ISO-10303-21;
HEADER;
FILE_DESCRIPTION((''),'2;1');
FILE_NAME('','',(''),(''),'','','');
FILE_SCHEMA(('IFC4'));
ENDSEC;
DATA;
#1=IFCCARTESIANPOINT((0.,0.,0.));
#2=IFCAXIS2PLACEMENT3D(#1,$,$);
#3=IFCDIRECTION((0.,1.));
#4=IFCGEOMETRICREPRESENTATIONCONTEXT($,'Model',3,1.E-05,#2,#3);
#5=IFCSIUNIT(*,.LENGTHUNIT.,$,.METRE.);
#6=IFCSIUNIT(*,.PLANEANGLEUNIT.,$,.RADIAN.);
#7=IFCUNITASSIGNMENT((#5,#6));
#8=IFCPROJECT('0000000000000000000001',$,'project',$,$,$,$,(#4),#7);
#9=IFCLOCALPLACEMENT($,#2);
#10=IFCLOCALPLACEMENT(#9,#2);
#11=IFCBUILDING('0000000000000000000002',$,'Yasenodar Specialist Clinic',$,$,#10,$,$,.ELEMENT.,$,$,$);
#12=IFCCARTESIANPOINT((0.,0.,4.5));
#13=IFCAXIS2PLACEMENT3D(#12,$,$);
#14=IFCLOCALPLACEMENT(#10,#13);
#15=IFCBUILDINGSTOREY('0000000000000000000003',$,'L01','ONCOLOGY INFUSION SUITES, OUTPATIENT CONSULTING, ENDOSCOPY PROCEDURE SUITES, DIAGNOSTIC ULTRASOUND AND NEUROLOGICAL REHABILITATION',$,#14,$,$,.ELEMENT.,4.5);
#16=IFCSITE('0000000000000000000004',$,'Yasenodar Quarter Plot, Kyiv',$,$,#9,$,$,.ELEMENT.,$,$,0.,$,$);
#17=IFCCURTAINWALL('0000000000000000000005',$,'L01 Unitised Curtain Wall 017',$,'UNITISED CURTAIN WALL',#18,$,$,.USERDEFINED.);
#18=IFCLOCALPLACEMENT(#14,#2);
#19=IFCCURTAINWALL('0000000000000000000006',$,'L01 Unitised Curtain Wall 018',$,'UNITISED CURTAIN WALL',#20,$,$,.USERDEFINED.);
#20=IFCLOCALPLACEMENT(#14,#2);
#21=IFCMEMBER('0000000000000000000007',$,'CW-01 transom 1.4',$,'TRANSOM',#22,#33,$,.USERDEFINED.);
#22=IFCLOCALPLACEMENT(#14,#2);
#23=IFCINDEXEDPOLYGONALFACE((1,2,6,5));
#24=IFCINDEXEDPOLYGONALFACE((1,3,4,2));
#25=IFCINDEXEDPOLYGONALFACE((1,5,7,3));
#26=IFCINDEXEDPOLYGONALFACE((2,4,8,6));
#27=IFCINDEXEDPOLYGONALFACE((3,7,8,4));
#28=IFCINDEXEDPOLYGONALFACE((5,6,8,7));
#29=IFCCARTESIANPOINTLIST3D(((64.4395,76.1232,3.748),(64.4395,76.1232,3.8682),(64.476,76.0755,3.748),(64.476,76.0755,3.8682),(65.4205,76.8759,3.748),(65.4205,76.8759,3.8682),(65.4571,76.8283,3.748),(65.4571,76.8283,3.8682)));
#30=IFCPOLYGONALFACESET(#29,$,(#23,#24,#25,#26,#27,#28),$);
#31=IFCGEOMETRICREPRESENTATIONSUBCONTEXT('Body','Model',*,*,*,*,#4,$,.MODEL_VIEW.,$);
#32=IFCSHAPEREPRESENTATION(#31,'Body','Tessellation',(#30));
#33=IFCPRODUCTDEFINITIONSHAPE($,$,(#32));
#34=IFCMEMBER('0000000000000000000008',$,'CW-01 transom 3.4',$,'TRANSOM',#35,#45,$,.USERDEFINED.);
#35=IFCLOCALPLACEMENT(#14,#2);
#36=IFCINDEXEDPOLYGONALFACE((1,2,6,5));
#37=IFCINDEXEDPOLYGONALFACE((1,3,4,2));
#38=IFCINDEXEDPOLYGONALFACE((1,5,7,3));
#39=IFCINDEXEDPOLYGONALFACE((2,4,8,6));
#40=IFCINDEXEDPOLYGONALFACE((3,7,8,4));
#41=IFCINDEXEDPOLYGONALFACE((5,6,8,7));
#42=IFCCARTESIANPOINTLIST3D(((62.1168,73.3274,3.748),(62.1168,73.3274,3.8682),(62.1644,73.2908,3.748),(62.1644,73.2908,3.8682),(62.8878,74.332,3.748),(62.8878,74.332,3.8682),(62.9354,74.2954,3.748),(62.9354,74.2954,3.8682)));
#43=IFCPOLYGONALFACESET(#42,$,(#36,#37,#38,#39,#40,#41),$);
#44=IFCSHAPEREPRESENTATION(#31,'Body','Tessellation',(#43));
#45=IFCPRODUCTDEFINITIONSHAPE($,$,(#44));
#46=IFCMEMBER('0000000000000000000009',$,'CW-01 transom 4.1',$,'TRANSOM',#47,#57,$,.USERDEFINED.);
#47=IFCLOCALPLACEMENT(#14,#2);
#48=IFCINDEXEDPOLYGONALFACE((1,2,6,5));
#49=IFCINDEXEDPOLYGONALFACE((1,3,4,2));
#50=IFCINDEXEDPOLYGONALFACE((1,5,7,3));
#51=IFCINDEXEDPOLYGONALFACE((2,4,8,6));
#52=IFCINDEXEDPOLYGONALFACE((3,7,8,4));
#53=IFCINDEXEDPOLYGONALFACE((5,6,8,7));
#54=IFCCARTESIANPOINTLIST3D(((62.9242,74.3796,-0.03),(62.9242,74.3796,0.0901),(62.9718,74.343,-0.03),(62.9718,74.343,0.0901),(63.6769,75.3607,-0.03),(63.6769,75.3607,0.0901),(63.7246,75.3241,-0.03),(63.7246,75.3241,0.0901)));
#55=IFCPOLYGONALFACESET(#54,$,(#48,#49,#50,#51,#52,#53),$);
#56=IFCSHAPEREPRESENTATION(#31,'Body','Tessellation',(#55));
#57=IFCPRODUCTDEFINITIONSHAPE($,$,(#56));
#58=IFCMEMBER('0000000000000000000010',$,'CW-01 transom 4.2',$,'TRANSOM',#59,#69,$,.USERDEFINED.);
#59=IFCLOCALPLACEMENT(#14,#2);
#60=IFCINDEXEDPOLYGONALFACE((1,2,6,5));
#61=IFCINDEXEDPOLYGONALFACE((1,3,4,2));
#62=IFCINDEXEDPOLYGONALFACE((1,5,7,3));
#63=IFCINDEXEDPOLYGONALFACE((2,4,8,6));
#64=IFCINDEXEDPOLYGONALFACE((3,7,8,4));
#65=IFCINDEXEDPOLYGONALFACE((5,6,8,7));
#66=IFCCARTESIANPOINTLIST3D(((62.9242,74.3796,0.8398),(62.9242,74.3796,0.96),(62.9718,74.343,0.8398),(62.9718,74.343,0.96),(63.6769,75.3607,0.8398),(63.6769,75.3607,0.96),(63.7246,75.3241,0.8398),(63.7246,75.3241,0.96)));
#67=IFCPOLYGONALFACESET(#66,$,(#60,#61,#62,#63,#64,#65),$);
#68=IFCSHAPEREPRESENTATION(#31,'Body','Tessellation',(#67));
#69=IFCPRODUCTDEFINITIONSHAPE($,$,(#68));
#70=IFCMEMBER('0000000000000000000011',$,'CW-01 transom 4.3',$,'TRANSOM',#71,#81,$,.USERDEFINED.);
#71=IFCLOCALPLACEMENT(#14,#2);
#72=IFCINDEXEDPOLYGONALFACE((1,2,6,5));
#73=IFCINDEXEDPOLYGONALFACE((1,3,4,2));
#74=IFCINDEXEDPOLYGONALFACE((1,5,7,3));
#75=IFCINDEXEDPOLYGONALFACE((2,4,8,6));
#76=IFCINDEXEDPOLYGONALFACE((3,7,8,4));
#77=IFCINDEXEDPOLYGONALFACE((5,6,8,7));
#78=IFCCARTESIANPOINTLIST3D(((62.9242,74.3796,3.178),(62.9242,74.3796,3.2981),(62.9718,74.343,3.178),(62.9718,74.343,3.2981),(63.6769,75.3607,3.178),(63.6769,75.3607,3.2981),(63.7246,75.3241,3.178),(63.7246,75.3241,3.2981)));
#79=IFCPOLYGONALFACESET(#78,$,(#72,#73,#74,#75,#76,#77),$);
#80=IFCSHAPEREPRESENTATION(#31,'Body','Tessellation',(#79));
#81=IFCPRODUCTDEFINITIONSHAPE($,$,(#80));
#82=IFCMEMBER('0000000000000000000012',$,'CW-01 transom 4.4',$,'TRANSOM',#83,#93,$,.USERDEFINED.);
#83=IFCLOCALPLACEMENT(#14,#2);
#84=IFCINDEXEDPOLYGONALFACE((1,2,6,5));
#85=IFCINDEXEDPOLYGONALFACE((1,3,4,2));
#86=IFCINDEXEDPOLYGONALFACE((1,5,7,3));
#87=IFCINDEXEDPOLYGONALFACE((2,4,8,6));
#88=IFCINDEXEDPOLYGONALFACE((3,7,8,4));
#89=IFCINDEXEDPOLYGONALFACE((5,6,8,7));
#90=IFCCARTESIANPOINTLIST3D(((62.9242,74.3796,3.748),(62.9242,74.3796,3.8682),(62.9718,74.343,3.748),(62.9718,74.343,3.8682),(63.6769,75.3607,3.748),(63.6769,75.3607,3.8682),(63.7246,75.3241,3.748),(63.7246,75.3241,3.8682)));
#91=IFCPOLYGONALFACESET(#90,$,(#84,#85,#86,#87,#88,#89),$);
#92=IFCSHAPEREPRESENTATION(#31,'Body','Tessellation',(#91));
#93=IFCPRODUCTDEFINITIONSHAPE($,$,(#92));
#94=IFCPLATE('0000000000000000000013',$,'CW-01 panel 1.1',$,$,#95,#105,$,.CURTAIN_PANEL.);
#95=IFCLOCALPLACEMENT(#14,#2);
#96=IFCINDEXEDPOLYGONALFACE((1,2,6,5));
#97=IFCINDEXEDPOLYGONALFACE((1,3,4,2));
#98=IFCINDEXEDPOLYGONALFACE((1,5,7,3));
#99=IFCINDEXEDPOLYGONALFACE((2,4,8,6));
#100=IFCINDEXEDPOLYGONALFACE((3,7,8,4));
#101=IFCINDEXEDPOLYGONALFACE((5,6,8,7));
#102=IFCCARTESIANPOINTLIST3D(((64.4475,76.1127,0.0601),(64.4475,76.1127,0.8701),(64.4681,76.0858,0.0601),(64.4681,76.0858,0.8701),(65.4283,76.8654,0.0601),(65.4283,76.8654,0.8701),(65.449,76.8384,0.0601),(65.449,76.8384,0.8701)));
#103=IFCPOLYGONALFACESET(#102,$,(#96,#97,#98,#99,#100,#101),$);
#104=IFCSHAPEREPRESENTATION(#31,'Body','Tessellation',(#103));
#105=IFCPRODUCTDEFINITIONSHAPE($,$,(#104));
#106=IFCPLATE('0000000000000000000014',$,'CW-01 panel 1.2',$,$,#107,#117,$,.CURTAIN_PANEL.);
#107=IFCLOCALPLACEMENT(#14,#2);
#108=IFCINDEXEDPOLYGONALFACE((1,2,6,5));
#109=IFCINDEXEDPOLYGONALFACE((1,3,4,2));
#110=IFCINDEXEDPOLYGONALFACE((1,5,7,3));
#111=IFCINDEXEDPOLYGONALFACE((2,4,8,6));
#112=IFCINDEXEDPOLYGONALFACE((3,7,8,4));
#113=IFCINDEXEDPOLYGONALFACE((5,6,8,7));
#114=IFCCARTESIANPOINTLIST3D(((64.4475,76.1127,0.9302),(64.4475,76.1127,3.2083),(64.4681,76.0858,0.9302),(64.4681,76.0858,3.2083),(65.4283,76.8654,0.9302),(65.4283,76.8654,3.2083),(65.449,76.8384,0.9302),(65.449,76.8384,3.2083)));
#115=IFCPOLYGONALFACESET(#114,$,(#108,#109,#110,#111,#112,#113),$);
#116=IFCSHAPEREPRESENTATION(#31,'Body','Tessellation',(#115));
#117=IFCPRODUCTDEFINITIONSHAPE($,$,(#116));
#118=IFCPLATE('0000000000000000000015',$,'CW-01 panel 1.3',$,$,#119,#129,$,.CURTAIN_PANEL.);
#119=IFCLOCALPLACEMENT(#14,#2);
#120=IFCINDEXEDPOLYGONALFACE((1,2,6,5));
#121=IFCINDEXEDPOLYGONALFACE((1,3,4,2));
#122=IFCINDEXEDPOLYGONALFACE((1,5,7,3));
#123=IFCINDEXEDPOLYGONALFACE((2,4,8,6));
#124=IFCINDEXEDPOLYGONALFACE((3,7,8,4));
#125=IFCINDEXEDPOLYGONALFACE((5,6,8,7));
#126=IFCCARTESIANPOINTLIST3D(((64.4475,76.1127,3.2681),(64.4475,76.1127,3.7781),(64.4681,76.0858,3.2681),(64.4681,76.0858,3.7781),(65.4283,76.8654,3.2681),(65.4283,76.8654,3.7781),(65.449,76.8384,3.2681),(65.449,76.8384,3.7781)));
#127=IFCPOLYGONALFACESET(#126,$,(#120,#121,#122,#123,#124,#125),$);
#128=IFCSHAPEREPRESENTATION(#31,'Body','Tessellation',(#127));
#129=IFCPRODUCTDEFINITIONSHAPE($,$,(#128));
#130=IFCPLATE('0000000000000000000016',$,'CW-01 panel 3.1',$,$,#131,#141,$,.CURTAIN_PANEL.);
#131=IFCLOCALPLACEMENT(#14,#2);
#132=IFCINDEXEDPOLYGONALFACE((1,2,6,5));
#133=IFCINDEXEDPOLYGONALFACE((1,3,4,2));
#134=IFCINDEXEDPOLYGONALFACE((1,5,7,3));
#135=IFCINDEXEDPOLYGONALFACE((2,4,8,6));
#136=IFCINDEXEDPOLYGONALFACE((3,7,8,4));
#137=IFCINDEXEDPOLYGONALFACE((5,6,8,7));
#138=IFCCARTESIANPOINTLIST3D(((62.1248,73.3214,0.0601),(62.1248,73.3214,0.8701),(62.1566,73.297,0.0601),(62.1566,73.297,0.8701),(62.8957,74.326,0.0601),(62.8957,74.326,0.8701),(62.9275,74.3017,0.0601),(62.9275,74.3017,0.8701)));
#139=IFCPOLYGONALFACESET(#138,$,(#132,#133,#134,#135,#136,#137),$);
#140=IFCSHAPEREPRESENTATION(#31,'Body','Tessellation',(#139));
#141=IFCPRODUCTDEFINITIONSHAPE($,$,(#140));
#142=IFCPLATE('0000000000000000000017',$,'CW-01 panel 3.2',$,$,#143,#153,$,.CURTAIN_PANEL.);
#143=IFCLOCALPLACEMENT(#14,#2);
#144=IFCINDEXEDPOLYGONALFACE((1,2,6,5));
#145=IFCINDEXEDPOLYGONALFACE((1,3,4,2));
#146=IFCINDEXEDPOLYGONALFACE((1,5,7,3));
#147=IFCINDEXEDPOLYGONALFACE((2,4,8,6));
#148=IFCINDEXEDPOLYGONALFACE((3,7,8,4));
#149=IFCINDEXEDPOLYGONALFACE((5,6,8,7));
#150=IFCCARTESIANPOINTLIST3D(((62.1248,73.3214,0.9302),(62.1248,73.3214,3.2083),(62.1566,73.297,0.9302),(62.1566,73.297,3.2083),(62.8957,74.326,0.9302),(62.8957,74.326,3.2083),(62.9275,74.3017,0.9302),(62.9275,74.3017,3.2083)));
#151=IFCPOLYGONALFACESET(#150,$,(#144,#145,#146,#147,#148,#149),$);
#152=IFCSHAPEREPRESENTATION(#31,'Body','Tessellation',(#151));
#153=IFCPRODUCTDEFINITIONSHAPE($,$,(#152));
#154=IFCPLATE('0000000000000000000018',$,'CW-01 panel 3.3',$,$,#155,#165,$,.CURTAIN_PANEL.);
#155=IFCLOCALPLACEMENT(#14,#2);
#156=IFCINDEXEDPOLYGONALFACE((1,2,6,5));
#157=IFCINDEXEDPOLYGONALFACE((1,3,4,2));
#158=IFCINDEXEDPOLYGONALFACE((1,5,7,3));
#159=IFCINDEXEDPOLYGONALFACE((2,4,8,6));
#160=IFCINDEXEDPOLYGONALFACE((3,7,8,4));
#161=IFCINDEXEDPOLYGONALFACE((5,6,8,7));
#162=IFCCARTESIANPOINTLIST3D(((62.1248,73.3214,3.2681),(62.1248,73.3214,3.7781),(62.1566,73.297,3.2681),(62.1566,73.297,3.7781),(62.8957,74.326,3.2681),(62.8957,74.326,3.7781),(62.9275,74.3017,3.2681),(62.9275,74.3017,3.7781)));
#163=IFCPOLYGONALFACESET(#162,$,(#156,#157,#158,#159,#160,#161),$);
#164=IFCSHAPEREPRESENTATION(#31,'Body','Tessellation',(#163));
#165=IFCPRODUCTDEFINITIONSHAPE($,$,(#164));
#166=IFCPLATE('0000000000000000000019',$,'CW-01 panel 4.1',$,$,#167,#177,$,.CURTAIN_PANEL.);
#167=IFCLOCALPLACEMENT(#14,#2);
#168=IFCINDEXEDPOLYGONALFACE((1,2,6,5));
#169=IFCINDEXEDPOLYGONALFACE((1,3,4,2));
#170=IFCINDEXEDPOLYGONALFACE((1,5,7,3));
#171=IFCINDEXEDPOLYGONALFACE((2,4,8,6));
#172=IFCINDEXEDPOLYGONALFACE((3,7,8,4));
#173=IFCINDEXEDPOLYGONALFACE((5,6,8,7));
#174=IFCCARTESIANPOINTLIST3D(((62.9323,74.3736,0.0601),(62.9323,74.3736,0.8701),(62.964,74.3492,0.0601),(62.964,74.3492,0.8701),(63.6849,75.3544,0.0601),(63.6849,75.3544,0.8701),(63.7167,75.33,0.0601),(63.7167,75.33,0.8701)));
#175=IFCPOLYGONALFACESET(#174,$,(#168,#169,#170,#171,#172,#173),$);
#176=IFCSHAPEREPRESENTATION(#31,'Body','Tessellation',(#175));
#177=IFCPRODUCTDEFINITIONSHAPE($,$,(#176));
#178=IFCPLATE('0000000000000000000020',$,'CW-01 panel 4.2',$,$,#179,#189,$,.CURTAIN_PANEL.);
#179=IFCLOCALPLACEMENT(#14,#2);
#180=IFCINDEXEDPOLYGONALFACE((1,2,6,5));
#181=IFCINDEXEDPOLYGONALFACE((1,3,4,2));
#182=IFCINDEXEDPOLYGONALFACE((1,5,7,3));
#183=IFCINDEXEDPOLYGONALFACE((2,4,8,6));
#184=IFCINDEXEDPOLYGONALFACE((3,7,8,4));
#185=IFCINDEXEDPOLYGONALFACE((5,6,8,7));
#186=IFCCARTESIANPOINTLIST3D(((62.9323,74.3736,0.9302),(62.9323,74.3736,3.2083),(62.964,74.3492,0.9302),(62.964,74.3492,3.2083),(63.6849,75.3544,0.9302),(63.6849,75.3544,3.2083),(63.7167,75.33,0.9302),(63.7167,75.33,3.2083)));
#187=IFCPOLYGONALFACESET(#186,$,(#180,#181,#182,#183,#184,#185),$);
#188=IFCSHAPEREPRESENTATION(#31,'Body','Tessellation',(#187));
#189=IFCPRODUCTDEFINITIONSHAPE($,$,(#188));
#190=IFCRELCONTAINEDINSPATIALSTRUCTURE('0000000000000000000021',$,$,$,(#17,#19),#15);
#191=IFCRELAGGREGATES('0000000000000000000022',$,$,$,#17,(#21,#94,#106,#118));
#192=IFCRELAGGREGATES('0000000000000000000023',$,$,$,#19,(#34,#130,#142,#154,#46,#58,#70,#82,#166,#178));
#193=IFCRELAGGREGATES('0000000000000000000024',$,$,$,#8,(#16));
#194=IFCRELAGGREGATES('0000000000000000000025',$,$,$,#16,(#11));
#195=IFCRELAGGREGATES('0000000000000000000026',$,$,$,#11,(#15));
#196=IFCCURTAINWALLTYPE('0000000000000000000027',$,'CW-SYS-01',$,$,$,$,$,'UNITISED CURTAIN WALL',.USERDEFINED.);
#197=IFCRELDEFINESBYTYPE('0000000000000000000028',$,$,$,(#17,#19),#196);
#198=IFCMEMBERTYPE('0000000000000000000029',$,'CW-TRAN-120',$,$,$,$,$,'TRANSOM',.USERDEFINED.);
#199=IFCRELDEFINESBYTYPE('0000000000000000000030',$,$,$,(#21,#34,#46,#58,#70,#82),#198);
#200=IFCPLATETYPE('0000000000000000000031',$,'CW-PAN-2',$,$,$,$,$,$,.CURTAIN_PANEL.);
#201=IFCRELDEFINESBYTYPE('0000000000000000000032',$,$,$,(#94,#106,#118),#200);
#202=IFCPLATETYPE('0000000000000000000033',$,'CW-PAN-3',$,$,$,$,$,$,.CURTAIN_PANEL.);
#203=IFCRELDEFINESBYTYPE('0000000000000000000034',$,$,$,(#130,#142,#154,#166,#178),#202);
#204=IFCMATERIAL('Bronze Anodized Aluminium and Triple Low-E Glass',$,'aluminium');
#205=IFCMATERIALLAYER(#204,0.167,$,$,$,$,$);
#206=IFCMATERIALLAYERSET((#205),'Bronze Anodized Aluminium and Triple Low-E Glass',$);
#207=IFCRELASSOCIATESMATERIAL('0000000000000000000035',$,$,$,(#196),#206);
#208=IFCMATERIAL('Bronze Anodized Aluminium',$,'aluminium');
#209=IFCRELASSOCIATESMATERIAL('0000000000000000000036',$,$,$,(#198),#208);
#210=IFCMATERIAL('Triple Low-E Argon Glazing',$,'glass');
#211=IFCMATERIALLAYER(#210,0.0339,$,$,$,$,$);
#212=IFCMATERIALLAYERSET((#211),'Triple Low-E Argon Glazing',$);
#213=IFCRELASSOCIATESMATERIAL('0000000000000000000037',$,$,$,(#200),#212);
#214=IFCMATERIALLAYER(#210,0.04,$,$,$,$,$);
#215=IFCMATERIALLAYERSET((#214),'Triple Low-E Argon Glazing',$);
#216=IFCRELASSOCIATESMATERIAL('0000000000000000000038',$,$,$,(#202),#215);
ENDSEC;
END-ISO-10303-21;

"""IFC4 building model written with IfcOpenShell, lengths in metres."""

from ifc_helpers import new_model, si_unit, direction, frame, origin, origin_2d, place, context, subcontext, project, spatial, rectangle, extrude, material, layer, layer_set, material_profile, profile_set, type_object, element, aggregate, save


model = new_model("IFC4")

# Units and contexts
model_context = context("Model", 3, precision=1e-05, world=origin(), true_north=direction((0.0, 1.0)))
body_context = subcontext(model_context, "Body", "Model", "MODEL_VIEW")
ifc_project = project(units=[si_unit("LENGTHUNIT", "METRE"), si_unit("PLANEANGLEUNIT", "RADIAN")], contexts=[model_context])

# Site, building, storey
site_placement = place(None, origin())
site = spatial("IfcSite", under=ifc_project, at=site_placement, Name="Yasenodar Quarter Plot, Kyiv", CompositionType="ELEMENT", RefElevation=0.0)
building_placement = place(site_placement, origin())
building = spatial("IfcBuilding", under=site, at=building_placement, Name="Yasenodar Specialist Clinic", CompositionType="ELEMENT")
storey_placement = place(building_placement, frame((0.0, 0.0, 4.5)))
storey = spatial("IfcBuildingStorey", under=building, at=storey_placement, Name="L01", Description="ONCOLOGY INFUSION SUITES, OUTPATIENT CONSULTING, ENDOSCOPY PROCEDURE SUITES, DIAGNOSTIC ULTRASOUND AND NEUROLOGICAL REHABILITATION", CompositionType="ELEMENT", Elevation=4.5)

# Curtain wall
ifc_material_1 = material(Name="Bronze Anodized Aluminium and Triple Low-E Glass", Category="aluminium")
ifc_layer_1 = layer(ifc_material_1, 0.167)
ifc_layer_set_1 = layer_set([ifc_layer_1], Name="Bronze Anodized Aluminium and Triple Low-E Glass")
curtain_wall_type = type_object("IfcCurtainWallType", Name="CW-SYS-01", ElementType="UNITISED CURTAIN WALL", PredefinedType="USERDEFINED", material=ifc_layer_set_1)
curtain_wall_1_placement = place(storey_placement, origin())
curtain_wall_1 = element("IfcCurtainWall", 1, at=curtain_wall_1_placement, inside=storey, type_object=curtain_wall_type, Name="L01 Unitised Curtain Wall 017", ObjectType="UNITISED CURTAIN WALL", PredefinedType="USERDEFINED")
ifc_material_2 = material(Name="Bronze Anodized Aluminium", Category="aluminium")

# Curtain wall
curtain_wall_2_placement = place(storey_placement, origin())
curtain_wall_2 = element("IfcCurtainWall", 2, at=curtain_wall_2_placement, inside=storey, type_object=curtain_wall_type, Name="L01 Unitised Curtain Wall 018", ObjectType="UNITISED CURTAIN WALL", PredefinedType="USERDEFINED")

# Members
ifc_material_profile_1 = material_profile(ifc_material_2, rectangle(XDim=0.0601, YDim=0.1201, at=origin_2d()), Name="CW-TRAN 60x120")
ifc_profile_set_1 = profile_set([ifc_material_profile_1], Name="Bronze Anodized Aluminium")
member_type_1 = type_object("IfcMemberType", Name="CW-TRAN-120", ElementType="TRANSOM", PredefinedType="USERDEFINED", material=ifc_profile_set_1)
member_1_placement = place(storey_placement, frame((64.4578, 76.0994, 3.8081), z_axis=(0.793365, 0.608747, 0.0), x_axis=(-0.608747, 0.793365, 0.0)))
member_1 = element("IfcMember", 3, at=member_1_placement, type_object=member_type_1, Name="CW-01 transom 1.4", ObjectType="TRANSOM", PredefinedType="USERDEFINED", context=body_context, shape_type="SweptSolid", body=[
    extrude(rectangle(XDim=0.0601, YDim=0.1201, at=origin_2d()), origin(), (0.0, 0.0, 1.0), 1.2366),
])
member_2_placement = place(storey_placement, frame((62.1406, 73.3091, 3.8081), z_axis=(0.608816, 0.793311, 0.0), x_axis=(-0.793311, 0.608816, 0.0)))
member_2 = element("IfcMember", 4, at=member_2_placement, type_object=member_type_1, Name="CW-01 transom 3.4", ObjectType="TRANSOM", PredefinedType="USERDEFINED", context=body_context, shape_type="SweptSolid", body=[
    extrude(rectangle(XDim=0.0601, YDim=0.1201, at=origin_2d()), origin(), (0.0, 0.0, 1.0), 1.2664),
])
member_3_placement = place(storey_placement, frame((62.948, 74.3613, 0.03), z_axis=(0.608747, 0.793365, 0.0), x_axis=(-0.793365, 0.608747, 0.0)))
member_3 = element("IfcMember", 5, at=member_3_placement, type_object=member_type_1, Name="CW-01 transom 4.1", ObjectType="TRANSOM", PredefinedType="USERDEFINED", context=body_context, shape_type="SweptSolid", body=[
    extrude(rectangle(XDim=0.0601, YDim=0.1201, at=origin_2d()), origin(), (0.0, 0.0, 1.0), 1.2366),
])
member_4_placement = place(storey_placement, frame((62.948, 74.3613, 0.8999), z_axis=(0.608747, 0.793365, 0.0), x_axis=(-0.793365, 0.608747, 0.0)))
member_4 = element("IfcMember", 6, at=member_4_placement, type_object=member_type_1, Name="CW-01 transom 4.2", ObjectType="TRANSOM", PredefinedType="USERDEFINED", context=body_context, shape_type="SweptSolid", body=[
    extrude(rectangle(XDim=0.0601, YDim=0.1201, at=origin_2d()), origin(), (0.0, 0.0, 1.0), 1.2366),
])
member_5_placement = place(storey_placement, frame((62.948, 74.3613, 3.238), z_axis=(0.608747, 0.793365, 0.0), x_axis=(-0.793365, 0.608747, 0.0)))
member_5 = element("IfcMember", 7, at=member_5_placement, type_object=member_type_1, Name="CW-01 transom 4.3", ObjectType="TRANSOM", PredefinedType="USERDEFINED", context=body_context, shape_type="SweptSolid", body=[
    extrude(rectangle(XDim=0.0601, YDim=0.1201, at=origin_2d()), origin(), (0.0, 0.0, 1.0), 1.2366),
])
member_6_placement = place(storey_placement, frame((62.948, 74.3613, 3.8081), z_axis=(0.608747, 0.793365, 0.0), x_axis=(-0.793365, 0.608747, 0.0)))
member_6 = element("IfcMember", 8, at=member_6_placement, type_object=member_type_1, Name="CW-01 transom 4.4", ObjectType="TRANSOM", PredefinedType="USERDEFINED", context=body_context, shape_type="SweptSolid", body=[
    extrude(rectangle(XDim=0.0601, YDim=0.1201, at=origin_2d()), origin(), (0.0, 0.0, 1.0), 1.2366),
])

# Plates
ifc_material_3 = material(Name="Triple Low-E Argon Glazing", Category="glass")
ifc_layer_2 = layer(ifc_material_3, 0.0339)
ifc_layer_set_2 = layer_set([ifc_layer_2], Name="Triple Low-E Argon Glazing")
plate_type_1 = type_object("IfcPlateType", Name="CW-PAN-2", PredefinedType="CURTAIN_PANEL", material=ifc_layer_set_2)
plate_1_placement = place(storey_placement, frame((64.9482, 76.4756, 0.0601), z_axis=(0.0, 0.0, 1.0), x_axis=(0.793361, 0.608752, 0.0)))
plate_1 = element("IfcPlate", 9, at=plate_1_placement, type_object=plate_type_1, Name="CW-01 panel 1.1", PredefinedType="CURTAIN_PANEL", context=body_context, shape_type="SweptSolid", body=[
    extrude(rectangle(XDim=1.2363, YDim=0.0339, at=origin_2d()), origin(), (0.0, 0.0, 1.0), 0.8101),
])
plate_2_placement = place(storey_placement, frame((64.9482, 76.4756, 0.9302), z_axis=(0.0, 0.0, 1.0), x_axis=(0.793361, 0.608752, 0.0)))
plate_2 = element("IfcPlate", 10, at=plate_2_placement, type_object=plate_type_1, Name="CW-01 panel 1.2", PredefinedType="CURTAIN_PANEL", context=body_context, shape_type="SweptSolid", body=[
    extrude(rectangle(XDim=1.2363, YDim=0.0339, at=origin_2d()), origin(), (0.0, 0.0, 1.0), 2.2781),
])
plate_3_placement = place(storey_placement, frame((64.9482, 76.4756, 3.2681), z_axis=(0.0, 0.0, 1.0), x_axis=(0.793361, 0.608752, 0.0)))
plate_3 = element("IfcPlate", 11, at=plate_3_placement, type_object=plate_type_1, Name="CW-01 panel 1.3", PredefinedType="CURTAIN_PANEL", context=body_context, shape_type="SweptSolid", body=[
    extrude(rectangle(XDim=1.2363, YDim=0.0339, at=origin_2d()), origin(), (0.0, 0.0, 1.0), 0.51),
])
aggregate(curtain_wall_1, [member_1, plate_1, plate_2, plate_3])
ifc_layer_3 = layer(ifc_material_3, 0.04)
ifc_layer_set_3 = layer_set([ifc_layer_3], Name="Triple Low-E Argon Glazing")
plate_type_2 = type_object("IfcPlateType", Name="CW-PAN-3", PredefinedType="CURTAIN_PANEL", material=ifc_layer_set_3)
plate_4_placement = place(storey_placement, frame((62.5261, 73.8115, 0.0601), z_axis=(0.0, 0.0, 1.0), x_axis=(0.608752, 0.793361, 0.0)))
plate_4 = element("IfcPlate", 12, at=plate_4_placement, type_object=plate_type_2, Name="CW-01 panel 3.1", PredefinedType="CURTAIN_PANEL", context=body_context, shape_type="SweptSolid", body=[
    extrude(rectangle(XDim=1.2664, YDim=0.04, at=origin_2d()), origin(), (0.0, 0.0, 1.0), 0.8101),
])
plate_5_placement = place(storey_placement, frame((62.5261, 73.8115, 0.9302), z_axis=(0.0, 0.0, 1.0), x_axis=(0.608752, 0.793361, 0.0)))
plate_5 = element("IfcPlate", 13, at=plate_5_placement, type_object=plate_type_2, Name="CW-01 panel 3.2", PredefinedType="CURTAIN_PANEL", context=body_context, shape_type="SweptSolid", body=[
    extrude(rectangle(XDim=1.2664, YDim=0.04, at=origin_2d()), origin(), (0.0, 0.0, 1.0), 2.2781),
])
plate_6_placement = place(storey_placement, frame((62.5261, 73.8115, 3.2681), z_axis=(0.0, 0.0, 1.0), x_axis=(0.608752, 0.793361, 0.0)))
plate_6 = element("IfcPlate", 14, at=plate_6_placement, type_object=plate_type_2, Name="CW-01 panel 3.3", PredefinedType="CURTAIN_PANEL", context=body_context, shape_type="SweptSolid", body=[
    extrude(rectangle(XDim=1.2664, YDim=0.04, at=origin_2d()), origin(), (0.0, 0.0, 1.0), 0.51),
])
plate_7_placement = place(storey_placement, frame((63.3245, 74.8518, 0.0601), z_axis=(0.0, 0.0, 1.0), x_axis=(0.608752, 0.793361, 0.0)))
plate_7 = element("IfcPlate", 15, at=plate_7_placement, type_object=plate_type_2, Name="CW-01 panel 4.1", PredefinedType="CURTAIN_PANEL", context=body_context, shape_type="SweptSolid", body=[
    extrude(rectangle(XDim=1.2363, YDim=0.04, at=origin_2d()), origin(), (0.0, 0.0, 1.0), 0.8101),
])
plate_8_placement = place(storey_placement, frame((63.3245, 74.8518, 0.9302), z_axis=(0.0, 0.0, 1.0), x_axis=(0.608752, 0.793361, 0.0)))
plate_8 = element("IfcPlate", 16, at=plate_8_placement, type_object=plate_type_2, Name="CW-01 panel 4.2", PredefinedType="CURTAIN_PANEL", context=body_context, shape_type="SweptSolid", body=[
    extrude(rectangle(XDim=1.2363, YDim=0.04, at=origin_2d()), origin(), (0.0, 0.0, 1.0), 2.2781),
])
aggregate(curtain_wall_2, [member_2, plate_4, plate_5, plate_6, member_3, member_4, member_5, member_6, plate_7, plate_8])

save(model, "model.ifc")
